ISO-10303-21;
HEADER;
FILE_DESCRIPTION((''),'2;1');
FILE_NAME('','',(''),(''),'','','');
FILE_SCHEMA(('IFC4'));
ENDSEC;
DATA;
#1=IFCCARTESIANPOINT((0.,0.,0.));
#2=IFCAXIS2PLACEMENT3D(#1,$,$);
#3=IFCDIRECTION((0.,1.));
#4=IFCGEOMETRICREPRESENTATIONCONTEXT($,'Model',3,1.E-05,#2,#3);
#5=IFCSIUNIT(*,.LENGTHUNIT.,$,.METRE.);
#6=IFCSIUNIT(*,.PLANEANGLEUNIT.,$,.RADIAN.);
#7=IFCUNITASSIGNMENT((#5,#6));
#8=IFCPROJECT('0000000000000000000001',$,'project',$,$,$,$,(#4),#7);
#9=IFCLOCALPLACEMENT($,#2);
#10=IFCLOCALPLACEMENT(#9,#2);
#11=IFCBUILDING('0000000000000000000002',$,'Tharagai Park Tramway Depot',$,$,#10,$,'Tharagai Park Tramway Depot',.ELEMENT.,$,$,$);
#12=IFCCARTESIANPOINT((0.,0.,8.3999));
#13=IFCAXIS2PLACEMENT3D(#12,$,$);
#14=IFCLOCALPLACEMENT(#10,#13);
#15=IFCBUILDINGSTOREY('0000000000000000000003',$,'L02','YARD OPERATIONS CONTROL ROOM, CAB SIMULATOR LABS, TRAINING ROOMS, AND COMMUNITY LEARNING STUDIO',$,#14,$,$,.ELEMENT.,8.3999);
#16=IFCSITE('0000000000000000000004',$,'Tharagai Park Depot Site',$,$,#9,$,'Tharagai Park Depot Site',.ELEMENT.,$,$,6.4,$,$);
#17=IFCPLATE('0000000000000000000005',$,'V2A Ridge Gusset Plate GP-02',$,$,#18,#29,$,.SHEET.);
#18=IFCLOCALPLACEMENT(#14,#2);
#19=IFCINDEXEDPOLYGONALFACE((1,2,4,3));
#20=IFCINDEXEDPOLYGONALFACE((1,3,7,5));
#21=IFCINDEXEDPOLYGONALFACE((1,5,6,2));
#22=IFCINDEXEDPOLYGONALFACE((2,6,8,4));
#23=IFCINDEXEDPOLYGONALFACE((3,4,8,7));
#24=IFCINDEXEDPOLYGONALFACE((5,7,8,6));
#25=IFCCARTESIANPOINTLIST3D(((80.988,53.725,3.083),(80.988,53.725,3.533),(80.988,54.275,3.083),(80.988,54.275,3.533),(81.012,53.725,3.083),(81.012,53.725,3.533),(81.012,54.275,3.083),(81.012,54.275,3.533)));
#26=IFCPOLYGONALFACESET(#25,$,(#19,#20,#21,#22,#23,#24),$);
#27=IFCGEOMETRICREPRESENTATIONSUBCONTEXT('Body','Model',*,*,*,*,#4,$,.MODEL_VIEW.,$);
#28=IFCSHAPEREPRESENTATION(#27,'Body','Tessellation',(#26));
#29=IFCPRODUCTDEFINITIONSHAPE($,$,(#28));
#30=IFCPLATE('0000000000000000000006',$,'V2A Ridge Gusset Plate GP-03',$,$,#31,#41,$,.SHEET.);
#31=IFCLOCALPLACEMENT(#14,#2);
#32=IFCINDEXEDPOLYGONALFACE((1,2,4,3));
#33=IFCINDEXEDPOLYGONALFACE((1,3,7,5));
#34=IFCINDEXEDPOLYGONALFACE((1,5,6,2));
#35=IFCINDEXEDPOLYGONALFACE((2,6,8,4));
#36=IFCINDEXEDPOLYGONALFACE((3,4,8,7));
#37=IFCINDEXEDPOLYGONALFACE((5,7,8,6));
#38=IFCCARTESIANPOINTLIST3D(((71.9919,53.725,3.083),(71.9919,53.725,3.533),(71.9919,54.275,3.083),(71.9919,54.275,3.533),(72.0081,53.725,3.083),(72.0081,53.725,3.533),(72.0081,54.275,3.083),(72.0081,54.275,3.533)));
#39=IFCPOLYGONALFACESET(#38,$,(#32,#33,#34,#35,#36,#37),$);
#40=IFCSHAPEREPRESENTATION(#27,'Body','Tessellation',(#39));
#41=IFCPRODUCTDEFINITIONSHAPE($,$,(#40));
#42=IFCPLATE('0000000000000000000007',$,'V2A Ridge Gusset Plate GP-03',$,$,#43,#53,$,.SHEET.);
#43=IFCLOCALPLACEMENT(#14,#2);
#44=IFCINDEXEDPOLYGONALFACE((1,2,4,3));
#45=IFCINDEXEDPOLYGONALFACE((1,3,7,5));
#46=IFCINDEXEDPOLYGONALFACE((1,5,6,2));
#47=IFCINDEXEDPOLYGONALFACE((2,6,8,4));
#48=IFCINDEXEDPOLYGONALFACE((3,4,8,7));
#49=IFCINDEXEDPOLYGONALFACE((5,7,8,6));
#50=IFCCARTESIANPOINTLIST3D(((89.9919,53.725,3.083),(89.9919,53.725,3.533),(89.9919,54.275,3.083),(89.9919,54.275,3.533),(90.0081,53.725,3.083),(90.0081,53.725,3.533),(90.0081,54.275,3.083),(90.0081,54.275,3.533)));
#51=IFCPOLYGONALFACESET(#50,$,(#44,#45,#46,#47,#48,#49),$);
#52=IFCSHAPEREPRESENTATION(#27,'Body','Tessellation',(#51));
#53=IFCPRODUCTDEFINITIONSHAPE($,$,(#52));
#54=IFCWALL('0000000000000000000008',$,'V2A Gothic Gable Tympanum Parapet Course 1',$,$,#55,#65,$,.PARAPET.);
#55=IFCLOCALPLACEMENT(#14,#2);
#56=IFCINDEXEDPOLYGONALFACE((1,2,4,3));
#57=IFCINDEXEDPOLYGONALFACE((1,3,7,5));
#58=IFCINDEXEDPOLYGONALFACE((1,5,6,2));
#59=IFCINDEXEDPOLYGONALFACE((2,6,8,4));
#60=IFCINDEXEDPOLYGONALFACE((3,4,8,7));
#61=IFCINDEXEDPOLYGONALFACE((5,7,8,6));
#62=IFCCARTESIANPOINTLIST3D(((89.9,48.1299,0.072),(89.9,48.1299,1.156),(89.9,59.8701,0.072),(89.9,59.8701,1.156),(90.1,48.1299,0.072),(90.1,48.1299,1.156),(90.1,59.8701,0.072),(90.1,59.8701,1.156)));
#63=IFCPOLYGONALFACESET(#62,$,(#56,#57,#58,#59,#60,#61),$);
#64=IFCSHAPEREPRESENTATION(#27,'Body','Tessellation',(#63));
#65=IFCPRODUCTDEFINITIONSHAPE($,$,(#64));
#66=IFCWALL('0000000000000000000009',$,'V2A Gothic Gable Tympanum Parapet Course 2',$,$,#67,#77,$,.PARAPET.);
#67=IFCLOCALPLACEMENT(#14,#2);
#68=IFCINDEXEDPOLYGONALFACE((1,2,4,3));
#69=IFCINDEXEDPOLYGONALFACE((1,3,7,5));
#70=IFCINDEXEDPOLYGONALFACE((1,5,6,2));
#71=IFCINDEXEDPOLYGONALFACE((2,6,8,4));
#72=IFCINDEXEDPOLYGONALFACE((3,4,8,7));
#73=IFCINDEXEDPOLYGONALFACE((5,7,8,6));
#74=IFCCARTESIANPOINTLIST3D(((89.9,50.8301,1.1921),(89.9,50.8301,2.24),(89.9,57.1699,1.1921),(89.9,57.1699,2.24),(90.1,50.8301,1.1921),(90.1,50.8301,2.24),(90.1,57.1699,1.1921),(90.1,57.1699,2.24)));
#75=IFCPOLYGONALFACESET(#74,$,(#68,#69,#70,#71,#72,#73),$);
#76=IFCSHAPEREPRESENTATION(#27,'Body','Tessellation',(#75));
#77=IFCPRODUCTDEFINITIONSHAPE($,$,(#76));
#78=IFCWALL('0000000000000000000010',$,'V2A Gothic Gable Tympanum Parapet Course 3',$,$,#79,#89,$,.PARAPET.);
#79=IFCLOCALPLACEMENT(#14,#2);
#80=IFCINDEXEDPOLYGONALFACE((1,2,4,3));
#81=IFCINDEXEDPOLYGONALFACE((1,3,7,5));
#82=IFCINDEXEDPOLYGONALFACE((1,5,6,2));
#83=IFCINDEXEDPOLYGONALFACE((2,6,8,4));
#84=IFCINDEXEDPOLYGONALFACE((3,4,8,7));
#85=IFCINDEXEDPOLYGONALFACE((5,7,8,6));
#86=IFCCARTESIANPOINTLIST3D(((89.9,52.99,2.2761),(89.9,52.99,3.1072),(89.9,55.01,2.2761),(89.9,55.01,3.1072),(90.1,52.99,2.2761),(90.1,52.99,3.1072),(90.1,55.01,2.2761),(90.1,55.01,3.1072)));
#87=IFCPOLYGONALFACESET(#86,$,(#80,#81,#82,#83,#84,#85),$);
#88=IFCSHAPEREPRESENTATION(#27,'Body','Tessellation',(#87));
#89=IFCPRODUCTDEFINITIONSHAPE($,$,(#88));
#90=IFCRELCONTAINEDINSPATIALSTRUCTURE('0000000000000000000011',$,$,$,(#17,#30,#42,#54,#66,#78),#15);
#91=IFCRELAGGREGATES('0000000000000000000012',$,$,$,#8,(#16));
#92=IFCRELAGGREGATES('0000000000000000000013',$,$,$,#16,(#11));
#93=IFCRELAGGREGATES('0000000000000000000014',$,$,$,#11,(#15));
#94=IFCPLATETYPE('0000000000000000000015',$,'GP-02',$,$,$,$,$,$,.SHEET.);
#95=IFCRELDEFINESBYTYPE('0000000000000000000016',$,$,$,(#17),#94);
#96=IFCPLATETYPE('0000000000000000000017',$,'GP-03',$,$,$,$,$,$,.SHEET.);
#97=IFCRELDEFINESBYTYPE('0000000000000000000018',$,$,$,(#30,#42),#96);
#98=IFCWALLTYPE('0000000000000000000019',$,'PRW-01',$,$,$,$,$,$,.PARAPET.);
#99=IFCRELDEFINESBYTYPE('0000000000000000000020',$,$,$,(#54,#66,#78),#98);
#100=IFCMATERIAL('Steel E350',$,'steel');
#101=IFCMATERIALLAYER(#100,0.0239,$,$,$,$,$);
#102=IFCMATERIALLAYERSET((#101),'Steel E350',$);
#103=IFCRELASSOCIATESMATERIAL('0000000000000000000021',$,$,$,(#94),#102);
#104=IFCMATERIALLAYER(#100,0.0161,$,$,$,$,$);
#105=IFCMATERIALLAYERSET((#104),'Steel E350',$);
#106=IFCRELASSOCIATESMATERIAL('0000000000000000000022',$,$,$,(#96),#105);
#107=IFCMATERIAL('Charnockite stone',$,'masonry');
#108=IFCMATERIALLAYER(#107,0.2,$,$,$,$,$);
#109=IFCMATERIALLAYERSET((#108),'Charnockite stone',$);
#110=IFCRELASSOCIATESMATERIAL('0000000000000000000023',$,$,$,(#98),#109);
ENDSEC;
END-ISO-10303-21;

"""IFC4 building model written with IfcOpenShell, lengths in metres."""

from ifc_helpers import new_model, si_unit, direction, frame, frame_2d, origin, origin_2d, place, context, subcontext, project, spatial, rectangle, extrude, material, layer, layer_set, type_object, element, save


model = new_model("IFC4")

# Units and contexts
model_context = context("Model", 3, precision=1e-05, world=origin(), true_north=direction((0.0, 1.0)))
body_context = subcontext(model_context, "Body", "Model", "MODEL_VIEW")
ifc_project = project(units=[si_unit("LENGTHUNIT", "METRE"), si_unit("PLANEANGLEUNIT", "RADIAN")], contexts=[model_context])

# Site, building, storey
site_placement = place(None, origin())
site = spatial("IfcSite", under=ifc_project, at=site_placement, Name="Tharagai Park Depot Site", LongName="Tharagai Park Depot Site", CompositionType="ELEMENT", RefElevation=6.4)
building_placement = place(site_placement, origin())
building = spatial("IfcBuilding", under=site, at=building_placement, Name="Tharagai Park Tramway Depot", LongName="Tharagai Park Tramway Depot", CompositionType="ELEMENT")
storey_placement = place(building_placement, frame((0.0, 0.0, 8.3999)))
storey = spatial("IfcBuildingStorey", under=building, at=storey_placement, Name="L02", Description="YARD OPERATIONS CONTROL ROOM, CAB SIMULATOR LABS, TRAINING ROOMS, AND COMMUNITY LEARNING STUDIO", CompositionType="ELEMENT", Elevation=8.3999)

# Shared definitions
ifc_material_1 = material(Name="Steel E350", Category="steel")

# Plates
ifc_layer_1 = layer(ifc_material_1, 0.0239)
ifc_layer_set_1 = layer_set([ifc_layer_1], Name="Steel E350")
plate_type_1 = type_object("IfcPlateType", Name="GP-02", PredefinedType="SHEET", material=ifc_layer_set_1)
plate_placement = place(storey_placement, frame((81.0, 54.0, 3.083), z_axis=(0.0, 0.0, 1.0), x_axis=(1.0, 0.0, 0.0)))
element("IfcPlate", 1, at=plate_placement, inside=storey, type_object=plate_type_1, Name="V2A Ridge Gusset Plate GP-02", PredefinedType="SHEET", context=body_context, shape_type="SweptSolid", body=[
    extrude(rectangle(XDim=0.0239, YDim=0.55, at=origin_2d()), origin(), (0.0, 0.0, 1.0), 0.45),
])
ifc_layer_2 = layer(ifc_material_1, 0.0161)
ifc_layer_set_2 = layer_set([ifc_layer_2], Name="Steel E350")
plate_type_2 = type_object("IfcPlateType", Name="GP-03", PredefinedType="SHEET", material=ifc_layer_set_2)
for number, where, z_axis, x_axis, name in (
    (2, (72.0, 54.0, 3.083), (0.0, 0.0, 1.0), (1.0, 0.0, 0.0), "V2A Ridge Gusset Plate GP-03"),
    (3, (90.0, 54.0, 3.083), (0.0, 0.0, 1.0), (1.0, 0.0, 0.0), "V2A Ridge Gusset Plate GP-03"),
):
    element("IfcPlate", number, at=place(storey_placement, frame(where, z_axis=z_axis, x_axis=x_axis)), inside=storey, type_object=plate_type_2, Name=name, PredefinedType="SHEET", context=body_context, shape_type="SweptSolid", body=[
        extrude(rectangle(XDim=0.0161, YDim=0.55, at=origin_2d()), origin(), (0.0, 0.0, 1.0), 0.45),
    ])

# Walls
ifc_material_2 = material(Name="Charnockite stone", Category="masonry")
ifc_layer_3 = layer(ifc_material_2, 0.2)
ifc_layer_set_3 = layer_set([ifc_layer_3], Name="Charnockite stone")
wall_type = type_object("IfcWallType", Name="PRW-01", PredefinedType="PARAPET", material=ifc_layer_set_3)
wall_1_placement = place(storey_placement, frame((90.0, 48.1299, 0.072), z_axis=(0.0, 0.0, 1.0), x_axis=(0.0, 1.0, 0.0)))
element("IfcWall", 4, at=wall_1_placement, inside=storey, type_object=wall_type, Name="V2A Gothic Gable Tympanum Parapet Course 1", PredefinedType="PARAPET", context=body_context, shape_type="SweptSolid", body=[
    extrude(rectangle(XDim=11.7402, YDim=0.2, at=frame_2d((5.8701, 0.0))), origin(), (0.0, 0.0, 1.0), 1.084),
])
wall_2_placement = place(storey_placement, frame((90.0, 50.8301, 1.1921), z_axis=(0.0, 0.0, 1.0), x_axis=(0.0, 1.0, 0.0)))
element("IfcWall", 5, at=wall_2_placement, inside=storey, type_object=wall_type, Name="V2A Gothic Gable Tympanum Parapet Course 2", PredefinedType="PARAPET", context=body_context, shape_type="SweptSolid", body=[
    extrude(rectangle(XDim=6.3398, YDim=0.2, at=frame_2d((3.1699, 0.0))), origin(), (0.0, 0.0, 1.0), 1.0479),
])
wall_3_placement = place(storey_placement, frame((90.0, 52.99, 2.2761), z_axis=(0.0, 0.0, 1.0), x_axis=(0.0, 1.0, 0.0)))
element("IfcWall", 6, at=wall_3_placement, inside=storey, type_object=wall_type, Name="V2A Gothic Gable Tympanum Parapet Course 3", PredefinedType="PARAPET", context=body_context, shape_type="SweptSolid", body=[
    extrude(rectangle(XDim=2.02, YDim=0.2, at=frame_2d((1.01, 0.0))), origin(), (0.0, 0.0, 1.0), 0.8311),
])

save(model, "model.ifc")
